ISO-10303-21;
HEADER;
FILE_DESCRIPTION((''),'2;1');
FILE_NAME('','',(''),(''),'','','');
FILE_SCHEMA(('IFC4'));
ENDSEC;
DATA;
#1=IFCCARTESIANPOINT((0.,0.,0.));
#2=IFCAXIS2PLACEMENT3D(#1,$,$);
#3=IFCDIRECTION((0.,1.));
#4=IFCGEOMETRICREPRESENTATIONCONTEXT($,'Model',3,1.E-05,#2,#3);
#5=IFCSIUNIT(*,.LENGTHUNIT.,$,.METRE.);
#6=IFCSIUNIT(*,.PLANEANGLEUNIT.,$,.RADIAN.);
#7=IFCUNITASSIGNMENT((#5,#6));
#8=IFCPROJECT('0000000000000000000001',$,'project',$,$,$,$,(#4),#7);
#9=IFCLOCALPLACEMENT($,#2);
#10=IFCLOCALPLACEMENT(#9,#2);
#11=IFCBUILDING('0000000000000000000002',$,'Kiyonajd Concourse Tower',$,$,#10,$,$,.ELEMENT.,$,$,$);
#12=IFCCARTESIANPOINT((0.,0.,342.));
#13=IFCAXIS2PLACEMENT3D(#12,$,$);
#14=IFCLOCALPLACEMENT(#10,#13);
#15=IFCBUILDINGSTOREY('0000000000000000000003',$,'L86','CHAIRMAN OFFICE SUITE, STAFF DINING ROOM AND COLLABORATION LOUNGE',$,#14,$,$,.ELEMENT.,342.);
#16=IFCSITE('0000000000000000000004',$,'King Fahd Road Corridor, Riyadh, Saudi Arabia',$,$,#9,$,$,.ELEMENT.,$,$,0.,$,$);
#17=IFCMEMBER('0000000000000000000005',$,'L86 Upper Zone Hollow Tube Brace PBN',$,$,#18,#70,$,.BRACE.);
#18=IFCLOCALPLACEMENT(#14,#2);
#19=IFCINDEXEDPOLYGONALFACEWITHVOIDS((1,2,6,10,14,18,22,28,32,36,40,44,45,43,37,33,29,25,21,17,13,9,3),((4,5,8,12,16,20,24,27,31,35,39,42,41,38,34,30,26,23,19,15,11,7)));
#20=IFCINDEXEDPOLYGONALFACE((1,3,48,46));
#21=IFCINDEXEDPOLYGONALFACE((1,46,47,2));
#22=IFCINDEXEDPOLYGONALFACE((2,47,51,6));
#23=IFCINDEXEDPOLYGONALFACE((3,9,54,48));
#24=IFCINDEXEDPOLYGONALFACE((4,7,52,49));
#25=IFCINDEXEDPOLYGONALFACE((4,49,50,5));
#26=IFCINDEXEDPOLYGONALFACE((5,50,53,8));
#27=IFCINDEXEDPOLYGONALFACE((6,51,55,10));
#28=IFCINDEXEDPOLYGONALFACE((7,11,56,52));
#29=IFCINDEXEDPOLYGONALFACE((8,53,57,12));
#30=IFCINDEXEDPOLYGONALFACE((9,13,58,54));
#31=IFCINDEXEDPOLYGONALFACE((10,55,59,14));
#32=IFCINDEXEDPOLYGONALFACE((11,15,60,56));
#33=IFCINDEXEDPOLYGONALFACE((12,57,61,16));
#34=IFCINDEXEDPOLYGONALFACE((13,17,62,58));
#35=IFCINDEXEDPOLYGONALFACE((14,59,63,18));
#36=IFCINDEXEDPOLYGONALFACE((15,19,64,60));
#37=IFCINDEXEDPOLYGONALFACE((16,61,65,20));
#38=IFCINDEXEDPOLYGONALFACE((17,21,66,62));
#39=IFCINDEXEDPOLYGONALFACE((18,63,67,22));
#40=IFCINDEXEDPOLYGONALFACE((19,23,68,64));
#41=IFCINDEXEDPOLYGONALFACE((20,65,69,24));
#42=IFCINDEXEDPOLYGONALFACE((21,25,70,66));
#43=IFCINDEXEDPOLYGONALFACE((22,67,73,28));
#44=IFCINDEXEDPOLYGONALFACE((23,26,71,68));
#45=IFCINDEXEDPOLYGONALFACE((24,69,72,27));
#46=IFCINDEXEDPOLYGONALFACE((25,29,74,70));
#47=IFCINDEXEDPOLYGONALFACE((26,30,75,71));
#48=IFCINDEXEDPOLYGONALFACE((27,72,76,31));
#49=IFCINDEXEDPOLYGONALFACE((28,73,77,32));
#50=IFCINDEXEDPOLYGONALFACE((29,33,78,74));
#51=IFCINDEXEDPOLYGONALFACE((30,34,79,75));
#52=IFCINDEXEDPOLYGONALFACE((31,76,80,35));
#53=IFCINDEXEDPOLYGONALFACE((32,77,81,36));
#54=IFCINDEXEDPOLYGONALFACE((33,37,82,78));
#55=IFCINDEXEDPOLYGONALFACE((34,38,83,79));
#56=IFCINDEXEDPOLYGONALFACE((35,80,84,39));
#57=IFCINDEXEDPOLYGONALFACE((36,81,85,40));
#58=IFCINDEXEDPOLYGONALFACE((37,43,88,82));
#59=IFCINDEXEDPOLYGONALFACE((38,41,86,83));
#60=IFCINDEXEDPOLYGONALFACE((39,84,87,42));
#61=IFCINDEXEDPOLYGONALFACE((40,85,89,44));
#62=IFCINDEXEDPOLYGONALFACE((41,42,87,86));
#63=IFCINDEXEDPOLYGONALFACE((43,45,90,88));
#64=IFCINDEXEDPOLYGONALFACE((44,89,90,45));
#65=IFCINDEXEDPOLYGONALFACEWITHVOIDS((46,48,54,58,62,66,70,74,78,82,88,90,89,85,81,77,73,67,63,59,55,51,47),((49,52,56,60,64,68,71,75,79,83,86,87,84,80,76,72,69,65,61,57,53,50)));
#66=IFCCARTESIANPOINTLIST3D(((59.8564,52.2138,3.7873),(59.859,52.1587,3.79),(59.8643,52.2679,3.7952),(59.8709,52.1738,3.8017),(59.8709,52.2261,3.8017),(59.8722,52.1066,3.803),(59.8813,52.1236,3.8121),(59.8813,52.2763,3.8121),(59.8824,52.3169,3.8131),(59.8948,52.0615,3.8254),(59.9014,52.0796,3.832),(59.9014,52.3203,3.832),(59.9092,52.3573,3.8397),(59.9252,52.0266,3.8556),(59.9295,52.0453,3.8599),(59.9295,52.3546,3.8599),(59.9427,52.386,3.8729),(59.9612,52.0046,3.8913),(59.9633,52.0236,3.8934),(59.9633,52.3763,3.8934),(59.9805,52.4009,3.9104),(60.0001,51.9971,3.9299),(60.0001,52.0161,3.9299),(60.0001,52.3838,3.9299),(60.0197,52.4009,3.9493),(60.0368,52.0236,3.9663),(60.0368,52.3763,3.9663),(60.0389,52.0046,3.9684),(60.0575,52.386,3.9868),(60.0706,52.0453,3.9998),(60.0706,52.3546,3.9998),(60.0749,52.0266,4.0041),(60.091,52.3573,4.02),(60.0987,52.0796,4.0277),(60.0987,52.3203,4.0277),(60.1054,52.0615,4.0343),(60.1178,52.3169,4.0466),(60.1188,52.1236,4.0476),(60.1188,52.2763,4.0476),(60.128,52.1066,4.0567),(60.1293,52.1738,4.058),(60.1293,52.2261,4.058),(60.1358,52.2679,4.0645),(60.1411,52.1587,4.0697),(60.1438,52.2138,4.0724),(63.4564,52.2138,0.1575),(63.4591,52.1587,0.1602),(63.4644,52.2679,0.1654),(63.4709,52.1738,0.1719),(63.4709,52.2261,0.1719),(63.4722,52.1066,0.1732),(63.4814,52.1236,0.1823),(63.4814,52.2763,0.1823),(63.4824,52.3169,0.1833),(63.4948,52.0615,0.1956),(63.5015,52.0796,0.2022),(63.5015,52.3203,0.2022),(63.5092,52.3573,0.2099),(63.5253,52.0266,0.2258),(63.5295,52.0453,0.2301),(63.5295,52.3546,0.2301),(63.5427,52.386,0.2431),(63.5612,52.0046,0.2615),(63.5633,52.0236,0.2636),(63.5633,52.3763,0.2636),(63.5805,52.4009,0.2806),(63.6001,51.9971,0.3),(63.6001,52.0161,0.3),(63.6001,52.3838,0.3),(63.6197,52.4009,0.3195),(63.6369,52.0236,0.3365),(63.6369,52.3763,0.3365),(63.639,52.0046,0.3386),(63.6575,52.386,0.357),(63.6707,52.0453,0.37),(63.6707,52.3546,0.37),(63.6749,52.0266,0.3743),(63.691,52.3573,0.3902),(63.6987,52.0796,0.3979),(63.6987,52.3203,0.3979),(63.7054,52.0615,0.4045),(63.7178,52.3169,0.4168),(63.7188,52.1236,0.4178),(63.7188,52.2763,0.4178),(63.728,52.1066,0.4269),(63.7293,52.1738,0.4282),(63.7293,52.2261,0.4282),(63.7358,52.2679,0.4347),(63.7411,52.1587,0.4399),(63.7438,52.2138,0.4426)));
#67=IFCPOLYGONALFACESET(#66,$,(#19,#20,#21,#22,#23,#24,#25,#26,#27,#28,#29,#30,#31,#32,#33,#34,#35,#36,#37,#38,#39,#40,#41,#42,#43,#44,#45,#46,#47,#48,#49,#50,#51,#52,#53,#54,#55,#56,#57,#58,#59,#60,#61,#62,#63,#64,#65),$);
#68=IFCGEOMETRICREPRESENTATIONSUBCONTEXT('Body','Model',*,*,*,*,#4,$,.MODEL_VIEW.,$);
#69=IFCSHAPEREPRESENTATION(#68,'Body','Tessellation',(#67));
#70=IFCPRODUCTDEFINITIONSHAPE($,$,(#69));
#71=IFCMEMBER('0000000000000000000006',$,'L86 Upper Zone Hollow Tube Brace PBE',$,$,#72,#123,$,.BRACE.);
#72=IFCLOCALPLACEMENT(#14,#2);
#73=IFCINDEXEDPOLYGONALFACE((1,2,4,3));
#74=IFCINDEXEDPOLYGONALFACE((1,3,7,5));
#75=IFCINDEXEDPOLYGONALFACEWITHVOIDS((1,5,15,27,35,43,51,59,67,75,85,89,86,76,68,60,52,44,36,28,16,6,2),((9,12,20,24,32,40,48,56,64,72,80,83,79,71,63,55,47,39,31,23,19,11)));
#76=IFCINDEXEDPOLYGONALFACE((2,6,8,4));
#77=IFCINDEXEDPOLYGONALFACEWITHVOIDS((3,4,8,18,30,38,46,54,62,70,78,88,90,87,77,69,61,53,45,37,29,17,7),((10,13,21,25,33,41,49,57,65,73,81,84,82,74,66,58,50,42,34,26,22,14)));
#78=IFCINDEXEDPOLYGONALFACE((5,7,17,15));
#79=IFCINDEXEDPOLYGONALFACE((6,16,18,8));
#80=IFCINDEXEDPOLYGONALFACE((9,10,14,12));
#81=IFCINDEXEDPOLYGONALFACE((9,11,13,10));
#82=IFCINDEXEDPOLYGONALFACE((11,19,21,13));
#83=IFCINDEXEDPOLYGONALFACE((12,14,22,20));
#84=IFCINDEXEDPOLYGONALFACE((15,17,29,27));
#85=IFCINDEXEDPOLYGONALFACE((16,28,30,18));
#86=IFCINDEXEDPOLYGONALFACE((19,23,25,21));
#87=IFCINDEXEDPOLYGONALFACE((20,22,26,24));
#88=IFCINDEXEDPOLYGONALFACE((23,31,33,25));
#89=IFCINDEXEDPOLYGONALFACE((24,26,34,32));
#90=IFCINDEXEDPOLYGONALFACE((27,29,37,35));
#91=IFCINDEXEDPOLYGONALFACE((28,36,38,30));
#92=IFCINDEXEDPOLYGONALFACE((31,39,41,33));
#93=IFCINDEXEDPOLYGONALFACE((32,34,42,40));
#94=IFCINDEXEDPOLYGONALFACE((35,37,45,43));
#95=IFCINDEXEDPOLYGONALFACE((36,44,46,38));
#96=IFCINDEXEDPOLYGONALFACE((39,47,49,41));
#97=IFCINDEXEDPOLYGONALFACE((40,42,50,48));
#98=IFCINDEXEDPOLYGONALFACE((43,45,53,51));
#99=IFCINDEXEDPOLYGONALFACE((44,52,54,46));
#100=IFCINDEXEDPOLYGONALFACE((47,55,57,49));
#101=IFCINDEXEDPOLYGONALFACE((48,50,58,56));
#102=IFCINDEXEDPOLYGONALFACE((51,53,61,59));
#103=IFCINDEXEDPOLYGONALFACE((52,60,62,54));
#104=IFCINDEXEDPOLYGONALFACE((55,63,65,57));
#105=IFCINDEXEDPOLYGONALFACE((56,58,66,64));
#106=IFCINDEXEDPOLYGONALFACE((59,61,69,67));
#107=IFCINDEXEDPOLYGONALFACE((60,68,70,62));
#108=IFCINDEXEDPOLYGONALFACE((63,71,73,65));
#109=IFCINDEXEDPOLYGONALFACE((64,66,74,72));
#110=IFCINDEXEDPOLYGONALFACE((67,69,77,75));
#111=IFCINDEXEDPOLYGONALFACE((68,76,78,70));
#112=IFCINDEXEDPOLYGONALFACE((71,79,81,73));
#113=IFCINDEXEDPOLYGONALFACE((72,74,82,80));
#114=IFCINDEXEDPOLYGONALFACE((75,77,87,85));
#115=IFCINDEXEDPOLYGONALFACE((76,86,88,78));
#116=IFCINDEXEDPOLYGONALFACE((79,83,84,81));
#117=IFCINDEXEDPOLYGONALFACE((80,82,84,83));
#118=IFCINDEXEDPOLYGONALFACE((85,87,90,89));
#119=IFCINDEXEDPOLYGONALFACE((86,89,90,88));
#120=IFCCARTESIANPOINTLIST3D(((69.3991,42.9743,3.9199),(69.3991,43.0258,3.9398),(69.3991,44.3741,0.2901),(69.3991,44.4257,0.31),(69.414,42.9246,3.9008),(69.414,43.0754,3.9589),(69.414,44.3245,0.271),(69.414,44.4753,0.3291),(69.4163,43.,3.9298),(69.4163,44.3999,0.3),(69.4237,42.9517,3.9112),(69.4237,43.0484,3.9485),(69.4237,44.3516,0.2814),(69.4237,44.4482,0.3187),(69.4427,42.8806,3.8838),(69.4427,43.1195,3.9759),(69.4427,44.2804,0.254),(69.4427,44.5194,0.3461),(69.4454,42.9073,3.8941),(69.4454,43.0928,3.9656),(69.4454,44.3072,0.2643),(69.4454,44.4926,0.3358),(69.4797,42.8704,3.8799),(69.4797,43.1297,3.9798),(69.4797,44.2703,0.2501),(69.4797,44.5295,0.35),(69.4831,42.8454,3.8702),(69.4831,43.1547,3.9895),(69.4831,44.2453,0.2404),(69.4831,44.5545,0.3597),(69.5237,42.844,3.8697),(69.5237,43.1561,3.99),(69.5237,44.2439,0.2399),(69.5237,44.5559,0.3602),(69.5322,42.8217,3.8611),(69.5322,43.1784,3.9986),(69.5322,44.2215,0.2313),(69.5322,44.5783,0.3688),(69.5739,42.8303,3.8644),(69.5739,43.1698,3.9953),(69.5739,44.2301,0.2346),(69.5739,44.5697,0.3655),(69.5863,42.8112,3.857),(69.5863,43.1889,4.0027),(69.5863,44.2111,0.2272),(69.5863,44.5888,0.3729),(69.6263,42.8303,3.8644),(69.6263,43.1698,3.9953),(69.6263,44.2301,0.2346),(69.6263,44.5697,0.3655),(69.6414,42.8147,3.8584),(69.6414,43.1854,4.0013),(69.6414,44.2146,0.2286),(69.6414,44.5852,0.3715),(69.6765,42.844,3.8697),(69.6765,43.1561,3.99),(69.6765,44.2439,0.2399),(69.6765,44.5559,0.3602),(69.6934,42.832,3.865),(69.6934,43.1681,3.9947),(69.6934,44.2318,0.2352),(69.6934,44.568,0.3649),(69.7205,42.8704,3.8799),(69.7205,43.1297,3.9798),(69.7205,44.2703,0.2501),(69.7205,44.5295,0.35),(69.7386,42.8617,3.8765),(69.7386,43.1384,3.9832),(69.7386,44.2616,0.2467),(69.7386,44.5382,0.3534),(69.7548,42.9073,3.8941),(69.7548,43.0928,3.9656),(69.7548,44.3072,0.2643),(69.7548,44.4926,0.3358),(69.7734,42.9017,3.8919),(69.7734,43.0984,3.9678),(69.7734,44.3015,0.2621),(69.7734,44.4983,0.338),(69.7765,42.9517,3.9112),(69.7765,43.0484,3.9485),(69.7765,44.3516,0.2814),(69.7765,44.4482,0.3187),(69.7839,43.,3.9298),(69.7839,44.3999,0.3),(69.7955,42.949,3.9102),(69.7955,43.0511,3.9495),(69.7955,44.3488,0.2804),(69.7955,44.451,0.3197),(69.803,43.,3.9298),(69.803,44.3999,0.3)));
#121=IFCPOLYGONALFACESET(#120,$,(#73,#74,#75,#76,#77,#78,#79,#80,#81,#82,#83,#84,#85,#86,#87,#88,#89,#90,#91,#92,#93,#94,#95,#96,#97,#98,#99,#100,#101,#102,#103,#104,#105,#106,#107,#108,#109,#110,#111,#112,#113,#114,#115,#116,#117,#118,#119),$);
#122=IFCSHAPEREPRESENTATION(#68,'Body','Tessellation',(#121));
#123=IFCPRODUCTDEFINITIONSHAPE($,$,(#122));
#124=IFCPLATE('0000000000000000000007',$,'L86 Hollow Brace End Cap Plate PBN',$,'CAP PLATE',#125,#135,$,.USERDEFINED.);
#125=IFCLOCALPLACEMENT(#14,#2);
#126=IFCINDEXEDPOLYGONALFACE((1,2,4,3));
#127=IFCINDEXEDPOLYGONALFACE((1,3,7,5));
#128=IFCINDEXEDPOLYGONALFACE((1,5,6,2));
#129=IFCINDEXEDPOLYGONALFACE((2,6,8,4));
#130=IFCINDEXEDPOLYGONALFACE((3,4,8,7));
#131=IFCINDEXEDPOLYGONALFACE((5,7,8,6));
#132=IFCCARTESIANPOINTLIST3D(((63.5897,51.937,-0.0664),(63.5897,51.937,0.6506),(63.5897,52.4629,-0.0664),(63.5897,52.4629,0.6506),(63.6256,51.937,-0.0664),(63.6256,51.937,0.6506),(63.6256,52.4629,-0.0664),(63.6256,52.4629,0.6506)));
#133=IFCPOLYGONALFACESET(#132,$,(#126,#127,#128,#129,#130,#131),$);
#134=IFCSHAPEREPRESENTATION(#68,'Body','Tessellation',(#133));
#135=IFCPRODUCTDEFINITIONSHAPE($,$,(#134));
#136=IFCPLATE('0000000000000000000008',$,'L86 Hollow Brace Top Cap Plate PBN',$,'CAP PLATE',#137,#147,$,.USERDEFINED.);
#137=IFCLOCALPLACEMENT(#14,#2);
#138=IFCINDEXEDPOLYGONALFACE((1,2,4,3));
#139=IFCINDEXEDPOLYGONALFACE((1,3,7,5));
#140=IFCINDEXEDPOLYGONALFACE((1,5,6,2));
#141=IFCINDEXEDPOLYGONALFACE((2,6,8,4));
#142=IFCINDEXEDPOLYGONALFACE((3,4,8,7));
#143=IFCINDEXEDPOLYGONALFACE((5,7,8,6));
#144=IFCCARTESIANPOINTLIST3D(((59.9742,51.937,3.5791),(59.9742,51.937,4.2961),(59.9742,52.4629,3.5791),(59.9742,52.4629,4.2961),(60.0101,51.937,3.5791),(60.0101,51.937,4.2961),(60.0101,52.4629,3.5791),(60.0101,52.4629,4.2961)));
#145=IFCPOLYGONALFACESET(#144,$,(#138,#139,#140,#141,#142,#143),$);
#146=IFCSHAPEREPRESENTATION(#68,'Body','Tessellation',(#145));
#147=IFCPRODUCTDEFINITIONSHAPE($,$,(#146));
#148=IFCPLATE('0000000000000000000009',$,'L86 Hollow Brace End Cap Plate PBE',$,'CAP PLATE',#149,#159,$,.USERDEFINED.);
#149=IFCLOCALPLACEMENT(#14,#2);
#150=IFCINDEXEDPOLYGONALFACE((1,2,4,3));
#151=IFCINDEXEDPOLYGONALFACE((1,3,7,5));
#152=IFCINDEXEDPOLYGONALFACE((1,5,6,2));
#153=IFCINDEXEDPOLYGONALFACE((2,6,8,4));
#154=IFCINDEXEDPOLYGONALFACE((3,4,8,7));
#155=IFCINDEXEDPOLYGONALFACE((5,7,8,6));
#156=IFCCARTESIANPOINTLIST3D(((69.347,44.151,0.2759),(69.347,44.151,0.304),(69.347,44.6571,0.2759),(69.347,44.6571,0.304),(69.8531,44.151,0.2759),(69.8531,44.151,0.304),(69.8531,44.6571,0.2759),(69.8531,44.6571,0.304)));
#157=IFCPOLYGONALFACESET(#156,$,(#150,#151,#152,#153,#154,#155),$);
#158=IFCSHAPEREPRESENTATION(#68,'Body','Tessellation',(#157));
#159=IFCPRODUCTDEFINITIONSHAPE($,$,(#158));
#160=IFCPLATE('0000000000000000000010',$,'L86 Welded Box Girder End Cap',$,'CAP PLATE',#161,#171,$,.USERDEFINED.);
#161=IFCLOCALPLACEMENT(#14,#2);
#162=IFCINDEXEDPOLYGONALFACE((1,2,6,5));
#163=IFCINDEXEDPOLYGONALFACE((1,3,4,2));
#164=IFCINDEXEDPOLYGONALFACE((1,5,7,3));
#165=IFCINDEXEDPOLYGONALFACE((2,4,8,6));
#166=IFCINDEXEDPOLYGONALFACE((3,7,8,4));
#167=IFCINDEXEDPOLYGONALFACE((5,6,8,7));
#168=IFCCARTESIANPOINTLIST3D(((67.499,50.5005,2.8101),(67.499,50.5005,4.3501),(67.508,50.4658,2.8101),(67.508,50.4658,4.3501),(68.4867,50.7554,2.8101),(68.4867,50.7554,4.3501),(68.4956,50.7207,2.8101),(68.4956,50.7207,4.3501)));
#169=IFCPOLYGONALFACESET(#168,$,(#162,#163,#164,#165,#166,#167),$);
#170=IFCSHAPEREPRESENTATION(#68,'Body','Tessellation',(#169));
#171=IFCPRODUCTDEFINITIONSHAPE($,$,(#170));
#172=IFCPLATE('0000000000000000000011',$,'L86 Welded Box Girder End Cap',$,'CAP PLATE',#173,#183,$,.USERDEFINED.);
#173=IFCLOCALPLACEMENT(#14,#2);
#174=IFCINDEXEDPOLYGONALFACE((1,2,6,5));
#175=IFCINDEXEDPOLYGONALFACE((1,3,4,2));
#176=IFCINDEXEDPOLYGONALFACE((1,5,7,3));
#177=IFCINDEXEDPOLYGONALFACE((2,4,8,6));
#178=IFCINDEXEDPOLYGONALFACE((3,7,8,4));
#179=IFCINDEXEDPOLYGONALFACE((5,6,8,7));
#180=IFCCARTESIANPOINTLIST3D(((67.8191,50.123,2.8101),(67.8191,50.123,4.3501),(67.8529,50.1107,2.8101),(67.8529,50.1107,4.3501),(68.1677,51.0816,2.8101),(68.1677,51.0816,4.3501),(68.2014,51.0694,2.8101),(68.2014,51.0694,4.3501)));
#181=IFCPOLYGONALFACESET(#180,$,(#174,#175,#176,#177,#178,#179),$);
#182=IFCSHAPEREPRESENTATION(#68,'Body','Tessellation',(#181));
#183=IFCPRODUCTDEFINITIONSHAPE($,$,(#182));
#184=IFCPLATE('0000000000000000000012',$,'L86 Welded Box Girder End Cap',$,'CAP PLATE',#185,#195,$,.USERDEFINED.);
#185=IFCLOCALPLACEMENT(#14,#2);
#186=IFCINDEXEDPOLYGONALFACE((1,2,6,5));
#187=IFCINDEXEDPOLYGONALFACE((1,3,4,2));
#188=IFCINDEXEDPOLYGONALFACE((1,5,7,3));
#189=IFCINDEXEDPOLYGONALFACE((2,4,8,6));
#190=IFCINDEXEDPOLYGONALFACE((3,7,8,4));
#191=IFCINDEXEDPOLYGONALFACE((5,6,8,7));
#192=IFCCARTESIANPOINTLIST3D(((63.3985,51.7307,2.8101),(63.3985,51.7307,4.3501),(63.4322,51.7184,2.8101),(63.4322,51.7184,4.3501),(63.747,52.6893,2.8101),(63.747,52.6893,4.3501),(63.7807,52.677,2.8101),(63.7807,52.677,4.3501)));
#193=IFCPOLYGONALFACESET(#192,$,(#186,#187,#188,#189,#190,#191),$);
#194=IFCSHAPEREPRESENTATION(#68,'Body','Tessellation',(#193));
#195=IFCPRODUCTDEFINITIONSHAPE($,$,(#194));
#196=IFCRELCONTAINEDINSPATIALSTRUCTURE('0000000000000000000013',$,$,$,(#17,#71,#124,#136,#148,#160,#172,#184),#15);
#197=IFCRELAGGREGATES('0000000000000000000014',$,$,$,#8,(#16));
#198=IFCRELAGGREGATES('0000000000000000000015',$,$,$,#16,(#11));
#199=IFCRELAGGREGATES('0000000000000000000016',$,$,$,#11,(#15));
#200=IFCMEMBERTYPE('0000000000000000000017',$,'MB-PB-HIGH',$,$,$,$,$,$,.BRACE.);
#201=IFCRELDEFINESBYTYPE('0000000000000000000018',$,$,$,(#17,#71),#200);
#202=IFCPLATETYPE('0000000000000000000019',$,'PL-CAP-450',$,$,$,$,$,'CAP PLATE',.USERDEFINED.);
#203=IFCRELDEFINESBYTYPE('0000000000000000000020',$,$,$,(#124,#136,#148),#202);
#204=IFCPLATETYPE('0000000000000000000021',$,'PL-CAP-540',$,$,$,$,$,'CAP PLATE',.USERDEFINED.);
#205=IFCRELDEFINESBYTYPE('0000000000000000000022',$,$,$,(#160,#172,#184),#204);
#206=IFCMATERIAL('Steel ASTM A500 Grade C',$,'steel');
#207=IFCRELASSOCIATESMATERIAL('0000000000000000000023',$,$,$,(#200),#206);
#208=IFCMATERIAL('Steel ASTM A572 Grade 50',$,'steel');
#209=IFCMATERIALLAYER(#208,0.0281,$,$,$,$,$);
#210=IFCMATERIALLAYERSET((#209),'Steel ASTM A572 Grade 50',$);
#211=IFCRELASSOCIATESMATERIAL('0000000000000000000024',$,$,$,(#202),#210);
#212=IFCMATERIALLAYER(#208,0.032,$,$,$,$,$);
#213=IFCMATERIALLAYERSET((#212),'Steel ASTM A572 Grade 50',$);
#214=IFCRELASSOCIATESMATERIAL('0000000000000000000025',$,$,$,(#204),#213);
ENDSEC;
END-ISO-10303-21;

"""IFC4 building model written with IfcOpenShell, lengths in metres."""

from ifc_helpers import new_model, si_unit, direction, frame, origin, origin_2d, place, context, subcontext, project, spatial, rectangle, hollow_circle, extrude, material, layer, layer_set, material_profile, profile_set, type_object, element, save


model = new_model("IFC4")

# Units and contexts
model_context = context("Model", 3, precision=1e-05, world=origin(), true_north=direction((0.0, 1.0)))
body_context = subcontext(model_context, "Body", "Model", "MODEL_VIEW")
ifc_project = project(units=[si_unit("LENGTHUNIT", "METRE"), si_unit("PLANEANGLEUNIT", "RADIAN")], contexts=[model_context])

# Site, building, storey
site_placement = place(None, origin())
site = spatial("IfcSite", under=ifc_project, at=site_placement, Name="King Fahd Road Corridor, Riyadh, Saudi Arabia", CompositionType="ELEMENT", RefElevation=0.0)
building_placement = place(site_placement, origin())
building = spatial("IfcBuilding", under=site, at=building_placement, Name="Kiyonajd Concourse Tower", CompositionType="ELEMENT")
storey_placement = place(building_placement, frame((0.0, 0.0, 342.0)))
storey = spatial("IfcBuildingStorey", under=building, at=storey_placement, Name="L86", Description="CHAIRMAN OFFICE SUITE, STAFF DINING ROOM AND COLLABORATION LOUNGE", CompositionType="ELEMENT", Elevation=342.0)

# Shared definitions
ifc_material_1 = material(Name="Steel ASTM A572 Grade 50", Category="steel")

# Members
ifc_material_2 = material(Name="Steel ASTM A500 Grade C", Category="steel")
ifc_material_profile_1 = material_profile(ifc_material_2, hollow_circle(Radius=0.2029, WallThickness=0.019, at=origin_2d()), Name="CHS-406x19")
ifc_profile_set_1 = profile_set([ifc_material_profile_1], Name="Steel ASTM A500 Grade C")
member_type = type_object("IfcMemberType", Name="MB-PB-HIGH", PredefinedType="BRACE", material=ifc_profile_set_1)
member_1_placement = place(storey_placement, frame((63.6001, 52.2, 0.3), z_axis=(-0.704188, 0.0, 0.710014), x_axis=(0.0, -1.0, 0.0)))
element("IfcMember", 1, at=member_1_placement, inside=storey, type_object=member_type, Name="L86 Upper Zone Hollow Tube Brace PBN", PredefinedType="BRACE", context=body_context, shape_type="SweptSolid", body=[
    extrude(hollow_circle(Radius=0.2029, WallThickness=0.019, at=origin_2d()), origin(), (0.0, 0.0, 1.0), 5.1123),
])
member_2_placement = place(storey_placement, frame((69.6001, 44.3999, 0.3), z_axis=(0.0, -0.359828, 0.933019), x_axis=(1.0, 0.0, 0.0)))
element("IfcMember", 2, at=member_2_placement, inside=storey, type_object=member_type, Name="L86 Upper Zone Hollow Tube Brace PBE", PredefinedType="BRACE", context=body_context, shape_type="SweptSolid", body=[
    extrude(hollow_circle(Radius=0.2029, WallThickness=0.019, at=origin_2d()), origin(), (0.0, 0.0, 1.0), 3.8904),
])

# Plates
ifc_layer_1 = layer(ifc_material_1, 0.0281)
ifc_layer_set_1 = layer_set([ifc_layer_1], Name="Steel ASTM A572 Grade 50")
plate_type_1 = type_object("IfcPlateType", Name="PL-CAP-450", ElementType="CAP PLATE", PredefinedType="USERDEFINED", material=ifc_layer_set_1)
for number, where, z_axis, x_axis, name in (
    (3, (63.6077, 52.2, -0.0664), (0.0, 0.0, 1.0), (1.0, 0.0, 0.0), "L86 Hollow Brace End Cap Plate PBN"),
    (4, (59.9922, 52.2, 3.5791), (0.0, 0.0, 1.0), (-1.0, 0.0, 0.0), "L86 Hollow Brace Top Cap Plate PBN"),
):
    element("IfcPlate", number, at=place(storey_placement, frame(where, z_axis=z_axis, x_axis=x_axis)), inside=storey, type_object=plate_type_1, Name=name, ObjectType="CAP PLATE", PredefinedType="USERDEFINED", context=body_context, shape_type="SweptSolid", body=[
        extrude(rectangle(XDim=0.0359, YDim=0.5259, at=origin_2d()), origin(), (0.0, 0.0, 1.0), 0.717),
    ])
plate_placement = place(storey_placement, frame((69.6001, 44.4041, 0.2759), z_axis=(0.0, 0.0, 1.0), x_axis=(1.0, 0.0, 0.0)))
element("IfcPlate", 5, at=plate_placement, inside=storey, type_object=plate_type_1, Name="L86 Hollow Brace End Cap Plate PBE", ObjectType="CAP PLATE", PredefinedType="USERDEFINED", context=body_context, shape_type="SweptSolid", body=[
    extrude(rectangle(XDim=0.5061, YDim=0.5061, at=origin_2d()), origin(), (0.0, 0.0, 1.0), 0.0281),
])
ifc_layer_2 = layer(ifc_material_1, 0.032)
ifc_layer_set_2 = layer_set([ifc_layer_2], Name="Steel ASTM A572 Grade 50")
plate_type_2 = type_object("IfcPlateType", Name="PL-CAP-540", ElementType="CAP PLATE", PredefinedType="USERDEFINED", material=ifc_layer_set_2)
for number, where, z_axis, x_axis, name in (
    (6, (67.9973, 50.6106, 2.8101), (0.0, 0.0, 1.0), (-0.249873, 0.968279, 0.0), "L86 Welded Box Girder End Cap"),
    (7, (68.0103, 50.5962, 2.8101), (0.0, 0.0, 1.0), (0.939812, -0.341692, 0.0), "L86 Welded Box Girder End Cap"),
    (8, (63.5896, 52.2039, 2.8101), (0.0, 0.0, 1.0), (-0.939812, 0.341692, 0.0), "L86 Welded Box Girder End Cap"),
):
    element("IfcPlate", number, at=place(storey_placement, frame(where, z_axis=z_axis, x_axis=x_axis)), inside=storey, type_object=plate_type_2, Name=name, ObjectType="CAP PLATE", PredefinedType="USERDEFINED", context=body_context, shape_type="SweptSolid", body=[
        extrude(rectangle(XDim=0.0359, YDim=1.02, at=origin_2d()), origin(), (0.0, 0.0, 1.0), 1.54),
    ])

save(model, "model.ifc")
